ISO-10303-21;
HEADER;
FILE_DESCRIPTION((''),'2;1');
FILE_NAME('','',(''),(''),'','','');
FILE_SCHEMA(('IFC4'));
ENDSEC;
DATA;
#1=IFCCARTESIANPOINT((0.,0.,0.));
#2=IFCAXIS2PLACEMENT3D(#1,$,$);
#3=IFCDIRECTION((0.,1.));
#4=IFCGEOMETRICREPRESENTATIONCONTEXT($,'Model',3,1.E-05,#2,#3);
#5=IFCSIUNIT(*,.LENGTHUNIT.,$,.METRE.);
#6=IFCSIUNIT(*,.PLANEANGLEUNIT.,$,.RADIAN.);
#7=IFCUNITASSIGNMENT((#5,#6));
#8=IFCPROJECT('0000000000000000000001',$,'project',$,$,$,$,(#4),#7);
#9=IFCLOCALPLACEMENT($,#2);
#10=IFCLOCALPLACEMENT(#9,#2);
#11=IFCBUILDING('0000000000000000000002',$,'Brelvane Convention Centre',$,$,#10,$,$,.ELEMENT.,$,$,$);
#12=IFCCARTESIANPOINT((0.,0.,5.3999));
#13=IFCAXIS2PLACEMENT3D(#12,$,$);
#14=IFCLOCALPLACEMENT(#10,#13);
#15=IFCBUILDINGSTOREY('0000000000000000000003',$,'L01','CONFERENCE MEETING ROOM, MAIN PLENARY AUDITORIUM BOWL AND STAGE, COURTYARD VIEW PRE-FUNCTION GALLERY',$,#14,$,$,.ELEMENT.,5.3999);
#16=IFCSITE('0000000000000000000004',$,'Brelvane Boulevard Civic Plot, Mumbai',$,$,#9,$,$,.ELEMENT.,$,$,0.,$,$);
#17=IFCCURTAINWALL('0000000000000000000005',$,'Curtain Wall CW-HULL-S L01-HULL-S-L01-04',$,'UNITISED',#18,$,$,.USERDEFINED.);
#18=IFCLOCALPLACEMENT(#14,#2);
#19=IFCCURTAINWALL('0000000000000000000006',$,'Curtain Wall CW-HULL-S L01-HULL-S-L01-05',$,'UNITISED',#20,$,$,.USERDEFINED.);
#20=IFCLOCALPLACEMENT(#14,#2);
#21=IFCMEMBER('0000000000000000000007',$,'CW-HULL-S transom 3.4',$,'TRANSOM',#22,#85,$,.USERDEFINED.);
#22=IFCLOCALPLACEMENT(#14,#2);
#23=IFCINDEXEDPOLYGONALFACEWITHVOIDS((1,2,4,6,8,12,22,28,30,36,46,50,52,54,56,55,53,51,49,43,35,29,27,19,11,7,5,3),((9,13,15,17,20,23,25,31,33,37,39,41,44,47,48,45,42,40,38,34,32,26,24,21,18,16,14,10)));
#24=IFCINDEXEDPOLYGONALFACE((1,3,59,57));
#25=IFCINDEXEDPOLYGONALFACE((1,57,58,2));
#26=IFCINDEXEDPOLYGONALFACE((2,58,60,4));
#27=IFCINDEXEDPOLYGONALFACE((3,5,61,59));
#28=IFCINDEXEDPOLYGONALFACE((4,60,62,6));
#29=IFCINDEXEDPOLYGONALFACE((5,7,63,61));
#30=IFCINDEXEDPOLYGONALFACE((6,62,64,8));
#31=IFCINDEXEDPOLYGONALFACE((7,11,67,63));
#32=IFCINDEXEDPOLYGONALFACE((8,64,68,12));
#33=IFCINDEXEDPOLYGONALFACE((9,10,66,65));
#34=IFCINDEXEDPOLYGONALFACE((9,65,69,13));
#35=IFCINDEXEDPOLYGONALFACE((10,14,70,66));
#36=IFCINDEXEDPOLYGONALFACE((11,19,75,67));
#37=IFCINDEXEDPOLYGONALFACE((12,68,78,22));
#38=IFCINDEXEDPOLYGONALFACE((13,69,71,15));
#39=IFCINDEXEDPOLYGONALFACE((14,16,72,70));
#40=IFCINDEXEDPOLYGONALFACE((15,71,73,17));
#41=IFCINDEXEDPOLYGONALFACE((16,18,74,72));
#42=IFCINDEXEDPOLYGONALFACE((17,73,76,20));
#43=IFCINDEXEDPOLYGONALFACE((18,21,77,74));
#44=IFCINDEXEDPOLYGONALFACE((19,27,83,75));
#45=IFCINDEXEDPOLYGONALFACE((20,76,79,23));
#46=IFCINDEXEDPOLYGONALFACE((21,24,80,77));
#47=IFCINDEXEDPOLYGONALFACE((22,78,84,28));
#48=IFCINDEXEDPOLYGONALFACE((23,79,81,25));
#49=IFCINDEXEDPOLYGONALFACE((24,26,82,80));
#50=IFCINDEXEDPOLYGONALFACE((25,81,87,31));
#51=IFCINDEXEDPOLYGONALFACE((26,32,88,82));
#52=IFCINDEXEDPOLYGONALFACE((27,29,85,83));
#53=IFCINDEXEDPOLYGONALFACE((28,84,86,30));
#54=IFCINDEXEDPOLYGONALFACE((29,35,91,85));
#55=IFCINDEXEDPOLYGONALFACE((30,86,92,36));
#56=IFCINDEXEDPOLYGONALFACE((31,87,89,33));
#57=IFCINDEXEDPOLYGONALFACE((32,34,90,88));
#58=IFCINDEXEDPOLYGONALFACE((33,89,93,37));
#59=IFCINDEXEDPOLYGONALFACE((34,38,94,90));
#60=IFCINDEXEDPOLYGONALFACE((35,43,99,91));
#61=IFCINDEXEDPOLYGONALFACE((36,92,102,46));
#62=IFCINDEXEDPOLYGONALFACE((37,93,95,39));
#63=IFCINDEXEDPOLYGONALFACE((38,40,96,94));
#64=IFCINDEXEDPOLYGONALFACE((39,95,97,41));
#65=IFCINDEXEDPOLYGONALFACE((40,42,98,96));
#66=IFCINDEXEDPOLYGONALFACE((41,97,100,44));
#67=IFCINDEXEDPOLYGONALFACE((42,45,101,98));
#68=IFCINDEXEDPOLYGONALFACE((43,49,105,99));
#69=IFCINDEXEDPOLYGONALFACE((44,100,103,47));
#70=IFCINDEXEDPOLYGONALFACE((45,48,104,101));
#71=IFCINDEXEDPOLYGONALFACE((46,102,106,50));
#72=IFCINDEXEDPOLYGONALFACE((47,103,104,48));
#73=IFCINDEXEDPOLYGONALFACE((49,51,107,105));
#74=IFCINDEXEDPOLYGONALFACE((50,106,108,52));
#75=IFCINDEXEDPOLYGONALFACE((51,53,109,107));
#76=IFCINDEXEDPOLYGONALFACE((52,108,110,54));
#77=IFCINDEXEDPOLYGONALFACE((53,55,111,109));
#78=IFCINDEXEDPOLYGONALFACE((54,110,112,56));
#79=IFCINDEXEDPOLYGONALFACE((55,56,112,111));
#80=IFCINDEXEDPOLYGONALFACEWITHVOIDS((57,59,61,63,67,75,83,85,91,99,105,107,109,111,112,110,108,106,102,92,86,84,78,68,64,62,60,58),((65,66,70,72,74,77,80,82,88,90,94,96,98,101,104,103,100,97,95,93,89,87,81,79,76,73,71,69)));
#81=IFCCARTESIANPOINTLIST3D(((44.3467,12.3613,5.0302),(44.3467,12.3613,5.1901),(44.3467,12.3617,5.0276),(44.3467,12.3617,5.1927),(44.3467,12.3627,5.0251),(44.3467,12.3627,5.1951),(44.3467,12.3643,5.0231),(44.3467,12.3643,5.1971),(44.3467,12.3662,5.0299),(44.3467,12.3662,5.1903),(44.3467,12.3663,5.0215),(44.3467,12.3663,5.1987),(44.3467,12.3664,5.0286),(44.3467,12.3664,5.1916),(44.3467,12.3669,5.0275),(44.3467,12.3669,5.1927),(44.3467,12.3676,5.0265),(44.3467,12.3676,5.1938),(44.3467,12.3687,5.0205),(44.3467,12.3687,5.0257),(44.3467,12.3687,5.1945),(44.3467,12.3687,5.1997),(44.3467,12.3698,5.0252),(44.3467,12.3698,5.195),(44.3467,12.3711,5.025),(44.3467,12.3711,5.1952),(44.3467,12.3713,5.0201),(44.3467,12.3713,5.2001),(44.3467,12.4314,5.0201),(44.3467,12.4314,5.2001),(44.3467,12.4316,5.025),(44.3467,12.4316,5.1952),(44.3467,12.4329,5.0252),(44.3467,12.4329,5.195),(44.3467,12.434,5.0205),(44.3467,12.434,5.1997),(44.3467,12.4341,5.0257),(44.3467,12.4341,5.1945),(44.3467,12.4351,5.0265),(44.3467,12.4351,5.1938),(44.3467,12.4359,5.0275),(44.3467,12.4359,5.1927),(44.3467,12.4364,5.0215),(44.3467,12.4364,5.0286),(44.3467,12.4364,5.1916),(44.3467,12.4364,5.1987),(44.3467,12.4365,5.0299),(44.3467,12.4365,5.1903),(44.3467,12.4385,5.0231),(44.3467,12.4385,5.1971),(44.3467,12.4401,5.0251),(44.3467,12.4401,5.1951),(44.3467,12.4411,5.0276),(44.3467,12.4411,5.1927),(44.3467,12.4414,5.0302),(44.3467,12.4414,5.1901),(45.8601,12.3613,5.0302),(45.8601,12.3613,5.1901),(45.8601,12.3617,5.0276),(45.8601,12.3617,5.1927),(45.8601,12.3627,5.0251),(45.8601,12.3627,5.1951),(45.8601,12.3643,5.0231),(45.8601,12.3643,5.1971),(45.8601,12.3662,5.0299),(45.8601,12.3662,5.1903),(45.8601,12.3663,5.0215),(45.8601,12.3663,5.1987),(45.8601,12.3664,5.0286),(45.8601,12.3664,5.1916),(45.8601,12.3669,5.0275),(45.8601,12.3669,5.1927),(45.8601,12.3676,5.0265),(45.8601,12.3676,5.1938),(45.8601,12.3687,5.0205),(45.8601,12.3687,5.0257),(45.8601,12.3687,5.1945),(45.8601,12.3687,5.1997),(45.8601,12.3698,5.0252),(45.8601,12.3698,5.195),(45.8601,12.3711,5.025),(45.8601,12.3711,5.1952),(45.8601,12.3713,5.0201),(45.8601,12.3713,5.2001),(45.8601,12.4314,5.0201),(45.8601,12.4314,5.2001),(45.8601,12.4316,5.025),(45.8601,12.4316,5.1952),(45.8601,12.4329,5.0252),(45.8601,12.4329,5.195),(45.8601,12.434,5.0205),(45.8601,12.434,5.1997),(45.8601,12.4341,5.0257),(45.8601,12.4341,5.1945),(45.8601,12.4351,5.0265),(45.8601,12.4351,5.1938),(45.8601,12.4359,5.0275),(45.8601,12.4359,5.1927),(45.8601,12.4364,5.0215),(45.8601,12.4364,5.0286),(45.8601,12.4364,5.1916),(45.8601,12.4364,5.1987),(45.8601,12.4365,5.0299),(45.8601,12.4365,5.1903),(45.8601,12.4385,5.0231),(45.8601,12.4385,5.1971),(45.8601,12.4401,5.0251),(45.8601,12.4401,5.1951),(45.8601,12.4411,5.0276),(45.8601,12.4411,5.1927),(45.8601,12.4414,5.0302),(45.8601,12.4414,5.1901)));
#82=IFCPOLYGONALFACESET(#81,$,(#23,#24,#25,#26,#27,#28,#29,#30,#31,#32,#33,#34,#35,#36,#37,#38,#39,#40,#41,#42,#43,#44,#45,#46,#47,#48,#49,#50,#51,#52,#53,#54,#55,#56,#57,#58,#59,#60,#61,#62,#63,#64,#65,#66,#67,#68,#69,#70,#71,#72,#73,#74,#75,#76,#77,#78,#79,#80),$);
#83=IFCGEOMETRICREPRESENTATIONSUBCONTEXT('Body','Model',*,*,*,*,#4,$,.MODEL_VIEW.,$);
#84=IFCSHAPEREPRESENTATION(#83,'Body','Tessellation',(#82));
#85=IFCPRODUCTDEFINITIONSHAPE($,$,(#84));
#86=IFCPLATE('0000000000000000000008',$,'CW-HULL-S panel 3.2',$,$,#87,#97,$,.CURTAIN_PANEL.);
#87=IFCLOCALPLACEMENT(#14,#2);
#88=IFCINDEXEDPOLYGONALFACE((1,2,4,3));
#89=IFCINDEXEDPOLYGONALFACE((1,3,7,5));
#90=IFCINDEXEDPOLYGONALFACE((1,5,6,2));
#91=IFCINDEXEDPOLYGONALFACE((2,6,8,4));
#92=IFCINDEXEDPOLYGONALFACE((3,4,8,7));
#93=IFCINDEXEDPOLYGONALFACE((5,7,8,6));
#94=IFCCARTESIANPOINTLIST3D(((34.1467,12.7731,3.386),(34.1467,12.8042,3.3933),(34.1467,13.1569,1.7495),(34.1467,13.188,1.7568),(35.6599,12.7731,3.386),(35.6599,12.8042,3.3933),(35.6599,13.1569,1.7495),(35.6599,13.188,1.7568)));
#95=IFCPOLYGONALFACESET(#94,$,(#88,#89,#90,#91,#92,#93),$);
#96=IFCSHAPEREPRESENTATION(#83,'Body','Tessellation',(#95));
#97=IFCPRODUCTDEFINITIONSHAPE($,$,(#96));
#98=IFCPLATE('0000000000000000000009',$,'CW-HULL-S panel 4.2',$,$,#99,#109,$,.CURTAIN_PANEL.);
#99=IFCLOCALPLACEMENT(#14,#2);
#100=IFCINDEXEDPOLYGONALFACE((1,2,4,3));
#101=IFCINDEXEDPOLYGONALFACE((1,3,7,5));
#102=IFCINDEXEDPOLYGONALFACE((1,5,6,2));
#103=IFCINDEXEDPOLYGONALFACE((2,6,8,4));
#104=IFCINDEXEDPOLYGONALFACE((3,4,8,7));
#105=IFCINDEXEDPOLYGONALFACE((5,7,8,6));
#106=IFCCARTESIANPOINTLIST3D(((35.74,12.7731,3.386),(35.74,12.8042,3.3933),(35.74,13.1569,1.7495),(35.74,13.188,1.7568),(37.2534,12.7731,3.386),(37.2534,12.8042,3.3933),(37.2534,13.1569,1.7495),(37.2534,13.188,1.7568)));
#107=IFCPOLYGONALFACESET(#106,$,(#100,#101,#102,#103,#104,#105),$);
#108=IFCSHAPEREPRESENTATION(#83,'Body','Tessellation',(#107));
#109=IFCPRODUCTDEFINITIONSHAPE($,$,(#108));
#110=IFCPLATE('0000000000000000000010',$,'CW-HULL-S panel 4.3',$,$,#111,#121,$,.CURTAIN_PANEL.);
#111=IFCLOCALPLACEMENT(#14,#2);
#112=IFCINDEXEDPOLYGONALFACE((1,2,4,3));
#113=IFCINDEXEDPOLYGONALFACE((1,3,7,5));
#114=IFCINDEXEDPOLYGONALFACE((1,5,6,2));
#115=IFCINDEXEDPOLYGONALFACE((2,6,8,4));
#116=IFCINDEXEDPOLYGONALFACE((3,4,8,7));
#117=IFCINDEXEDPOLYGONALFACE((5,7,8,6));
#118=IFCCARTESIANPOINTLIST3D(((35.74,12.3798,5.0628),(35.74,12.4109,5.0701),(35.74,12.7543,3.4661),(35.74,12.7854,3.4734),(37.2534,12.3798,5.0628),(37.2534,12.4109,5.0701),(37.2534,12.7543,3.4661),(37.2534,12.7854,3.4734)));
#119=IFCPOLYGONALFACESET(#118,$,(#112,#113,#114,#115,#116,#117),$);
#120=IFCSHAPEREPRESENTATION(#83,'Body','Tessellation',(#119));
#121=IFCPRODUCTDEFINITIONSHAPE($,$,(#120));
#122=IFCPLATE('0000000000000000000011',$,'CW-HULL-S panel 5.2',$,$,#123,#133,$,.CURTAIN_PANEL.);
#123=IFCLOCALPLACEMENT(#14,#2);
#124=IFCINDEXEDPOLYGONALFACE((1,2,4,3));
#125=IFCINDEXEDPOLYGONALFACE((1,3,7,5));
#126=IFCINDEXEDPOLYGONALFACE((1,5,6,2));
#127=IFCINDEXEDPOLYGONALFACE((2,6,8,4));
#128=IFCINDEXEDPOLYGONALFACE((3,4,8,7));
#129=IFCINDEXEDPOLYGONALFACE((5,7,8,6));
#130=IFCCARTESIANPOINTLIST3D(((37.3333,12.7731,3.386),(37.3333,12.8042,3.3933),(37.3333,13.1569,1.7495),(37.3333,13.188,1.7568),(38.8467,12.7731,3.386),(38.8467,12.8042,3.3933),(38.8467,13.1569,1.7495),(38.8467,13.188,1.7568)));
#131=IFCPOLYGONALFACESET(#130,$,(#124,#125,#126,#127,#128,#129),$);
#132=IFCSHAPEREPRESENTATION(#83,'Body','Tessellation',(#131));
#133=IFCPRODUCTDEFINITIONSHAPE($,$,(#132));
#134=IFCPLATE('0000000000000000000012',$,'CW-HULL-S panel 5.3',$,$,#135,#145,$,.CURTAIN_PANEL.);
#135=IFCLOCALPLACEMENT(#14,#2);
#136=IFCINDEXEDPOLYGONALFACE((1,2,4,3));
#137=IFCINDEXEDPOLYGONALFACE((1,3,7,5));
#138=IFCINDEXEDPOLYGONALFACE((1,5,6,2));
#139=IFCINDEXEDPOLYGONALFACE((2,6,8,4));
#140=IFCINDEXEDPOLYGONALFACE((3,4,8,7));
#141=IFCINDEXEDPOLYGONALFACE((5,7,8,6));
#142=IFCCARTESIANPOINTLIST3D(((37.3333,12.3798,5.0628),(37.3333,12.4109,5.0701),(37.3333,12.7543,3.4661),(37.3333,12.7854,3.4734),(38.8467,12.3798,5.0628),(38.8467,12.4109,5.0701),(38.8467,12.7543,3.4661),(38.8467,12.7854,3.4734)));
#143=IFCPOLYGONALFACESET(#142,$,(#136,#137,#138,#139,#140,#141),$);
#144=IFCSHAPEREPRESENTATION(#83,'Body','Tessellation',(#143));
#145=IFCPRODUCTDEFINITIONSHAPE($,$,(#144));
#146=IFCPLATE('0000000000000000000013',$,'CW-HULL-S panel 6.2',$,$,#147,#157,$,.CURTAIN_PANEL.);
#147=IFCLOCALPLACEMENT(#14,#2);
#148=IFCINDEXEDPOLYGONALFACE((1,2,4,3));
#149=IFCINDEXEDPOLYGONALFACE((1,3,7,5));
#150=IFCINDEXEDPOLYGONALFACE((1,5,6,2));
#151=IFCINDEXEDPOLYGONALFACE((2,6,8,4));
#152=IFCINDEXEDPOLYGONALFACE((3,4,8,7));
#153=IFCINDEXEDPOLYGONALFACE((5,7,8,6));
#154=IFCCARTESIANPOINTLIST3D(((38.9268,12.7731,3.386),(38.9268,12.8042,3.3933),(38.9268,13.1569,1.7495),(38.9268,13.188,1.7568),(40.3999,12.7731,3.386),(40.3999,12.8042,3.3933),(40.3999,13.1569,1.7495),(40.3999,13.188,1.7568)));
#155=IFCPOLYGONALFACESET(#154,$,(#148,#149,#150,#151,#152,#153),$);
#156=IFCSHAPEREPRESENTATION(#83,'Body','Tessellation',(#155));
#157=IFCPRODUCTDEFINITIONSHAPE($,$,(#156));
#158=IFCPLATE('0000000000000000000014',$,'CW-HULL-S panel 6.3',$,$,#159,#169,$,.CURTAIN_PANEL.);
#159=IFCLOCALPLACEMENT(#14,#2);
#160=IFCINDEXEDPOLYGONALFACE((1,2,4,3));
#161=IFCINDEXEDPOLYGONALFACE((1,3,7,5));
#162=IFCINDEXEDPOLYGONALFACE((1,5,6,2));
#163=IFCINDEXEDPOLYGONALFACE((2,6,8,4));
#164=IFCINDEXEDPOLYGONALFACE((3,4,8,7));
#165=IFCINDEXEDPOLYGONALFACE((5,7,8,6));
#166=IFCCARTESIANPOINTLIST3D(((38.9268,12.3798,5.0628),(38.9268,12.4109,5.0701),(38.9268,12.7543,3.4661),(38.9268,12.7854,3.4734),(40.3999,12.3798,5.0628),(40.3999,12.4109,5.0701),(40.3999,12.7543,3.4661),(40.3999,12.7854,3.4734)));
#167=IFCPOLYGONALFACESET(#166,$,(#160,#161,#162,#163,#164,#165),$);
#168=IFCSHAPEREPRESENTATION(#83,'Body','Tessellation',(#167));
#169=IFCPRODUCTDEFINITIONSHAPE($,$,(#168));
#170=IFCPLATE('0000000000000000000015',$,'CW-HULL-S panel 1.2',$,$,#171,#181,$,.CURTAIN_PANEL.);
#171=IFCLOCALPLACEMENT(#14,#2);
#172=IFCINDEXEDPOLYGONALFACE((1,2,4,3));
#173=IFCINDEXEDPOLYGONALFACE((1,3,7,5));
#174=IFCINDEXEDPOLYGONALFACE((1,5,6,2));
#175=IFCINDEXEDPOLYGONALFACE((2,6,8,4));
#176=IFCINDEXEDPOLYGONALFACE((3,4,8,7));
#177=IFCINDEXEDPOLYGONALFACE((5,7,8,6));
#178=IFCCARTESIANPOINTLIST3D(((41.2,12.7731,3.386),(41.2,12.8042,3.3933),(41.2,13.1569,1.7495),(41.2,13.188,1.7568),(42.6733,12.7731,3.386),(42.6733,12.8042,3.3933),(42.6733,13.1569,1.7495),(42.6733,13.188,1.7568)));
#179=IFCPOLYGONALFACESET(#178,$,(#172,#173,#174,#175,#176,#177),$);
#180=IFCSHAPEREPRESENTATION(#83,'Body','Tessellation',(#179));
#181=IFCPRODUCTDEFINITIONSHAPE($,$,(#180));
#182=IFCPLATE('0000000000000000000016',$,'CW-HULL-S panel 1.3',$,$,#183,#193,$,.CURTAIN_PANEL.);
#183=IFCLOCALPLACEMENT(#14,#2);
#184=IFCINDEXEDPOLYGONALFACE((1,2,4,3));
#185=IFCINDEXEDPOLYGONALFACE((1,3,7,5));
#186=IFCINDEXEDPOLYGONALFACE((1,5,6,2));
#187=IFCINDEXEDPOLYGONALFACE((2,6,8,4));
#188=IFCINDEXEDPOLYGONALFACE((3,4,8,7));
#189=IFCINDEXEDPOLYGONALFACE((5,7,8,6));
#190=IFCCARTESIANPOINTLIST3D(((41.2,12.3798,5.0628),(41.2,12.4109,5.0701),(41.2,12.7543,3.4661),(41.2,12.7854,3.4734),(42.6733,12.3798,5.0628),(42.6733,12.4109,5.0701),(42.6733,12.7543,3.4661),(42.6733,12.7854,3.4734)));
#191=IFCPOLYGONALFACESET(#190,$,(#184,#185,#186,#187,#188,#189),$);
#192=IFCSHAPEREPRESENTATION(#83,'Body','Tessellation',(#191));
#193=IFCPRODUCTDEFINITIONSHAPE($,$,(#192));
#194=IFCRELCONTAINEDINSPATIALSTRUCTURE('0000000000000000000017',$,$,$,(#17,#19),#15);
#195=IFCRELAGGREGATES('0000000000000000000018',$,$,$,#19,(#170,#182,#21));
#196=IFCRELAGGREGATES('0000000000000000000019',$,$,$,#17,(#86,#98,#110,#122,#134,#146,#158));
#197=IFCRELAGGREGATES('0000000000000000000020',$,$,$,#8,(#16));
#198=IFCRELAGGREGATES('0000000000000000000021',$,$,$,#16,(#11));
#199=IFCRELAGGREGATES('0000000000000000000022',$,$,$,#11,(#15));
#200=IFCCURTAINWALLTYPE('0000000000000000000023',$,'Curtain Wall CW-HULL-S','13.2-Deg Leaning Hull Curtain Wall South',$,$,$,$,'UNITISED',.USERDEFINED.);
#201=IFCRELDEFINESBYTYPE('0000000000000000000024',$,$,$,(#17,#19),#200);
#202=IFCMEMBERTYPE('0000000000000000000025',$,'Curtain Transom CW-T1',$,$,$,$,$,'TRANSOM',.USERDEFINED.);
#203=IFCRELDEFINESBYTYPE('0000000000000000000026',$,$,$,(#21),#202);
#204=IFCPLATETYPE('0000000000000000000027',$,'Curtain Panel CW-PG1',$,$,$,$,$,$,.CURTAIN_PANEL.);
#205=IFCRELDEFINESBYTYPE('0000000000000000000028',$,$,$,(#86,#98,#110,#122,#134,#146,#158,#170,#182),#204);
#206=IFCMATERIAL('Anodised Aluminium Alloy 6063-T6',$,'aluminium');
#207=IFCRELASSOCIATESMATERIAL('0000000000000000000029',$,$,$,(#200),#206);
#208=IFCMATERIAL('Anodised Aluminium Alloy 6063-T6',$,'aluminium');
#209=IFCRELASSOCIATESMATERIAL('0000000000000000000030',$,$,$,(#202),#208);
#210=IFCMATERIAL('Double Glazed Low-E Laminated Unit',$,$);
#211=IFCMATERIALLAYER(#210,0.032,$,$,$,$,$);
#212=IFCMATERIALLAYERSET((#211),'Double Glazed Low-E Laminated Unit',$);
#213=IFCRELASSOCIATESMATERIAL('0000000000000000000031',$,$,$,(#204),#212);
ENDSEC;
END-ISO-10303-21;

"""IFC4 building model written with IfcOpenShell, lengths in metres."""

from ifc_helpers import new_model, si_unit, direction, frame, origin, origin_2d, place, context, subcontext, project, spatial, polyline, hollow_rectangle, outline, extrude, material, layer, layer_set, material_profile, profile_set, type_object, element, aggregate, save


model = new_model("IFC4")

# Units and contexts
model_context = context("Model", 3, precision=1e-05, world=origin(), true_north=direction((0.0, 1.0)))
body_context = subcontext(model_context, "Body", "Model", "MODEL_VIEW")
ifc_project = project(units=[si_unit("LENGTHUNIT", "METRE"), si_unit("PLANEANGLEUNIT", "RADIAN")], contexts=[model_context])

# Site, building, storey
site_placement = place(None, origin())
site = spatial("IfcSite", under=ifc_project, at=site_placement, Name="Brelvane Boulevard Civic Plot, Mumbai", CompositionType="ELEMENT", RefElevation=0.0)
building_placement = place(site_placement, origin())
building = spatial("IfcBuilding", under=site, at=building_placement, Name="Brelvane Convention Centre", CompositionType="ELEMENT")
storey_placement = place(building_placement, frame((0.0, 0.0, 5.3999)))
storey = spatial("IfcBuildingStorey", under=building, at=storey_placement, Name="L01", Description="CONFERENCE MEETING ROOM, MAIN PLENARY AUDITORIUM BOWL AND STAGE, COURTYARD VIEW PRE-FUNCTION GALLERY", CompositionType="ELEMENT", Elevation=5.3999)

# Curtain walls, member
ifc_material_1 = material(Name="Anodised Aluminium Alloy 6063-T6", Category="aluminium")
curtain_wall_type = type_object("IfcCurtainWallType", Name="Curtain Wall CW-HULL-S", Description="13.2-Deg Leaning Hull Curtain Wall South", ElementType="UNITISED", PredefinedType="USERDEFINED", material=ifc_material_1)
curtain_wall_1_placement = place(storey_placement, origin())
curtain_wall_1 = element("IfcCurtainWall", 1, at=curtain_wall_1_placement, inside=storey, type_object=curtain_wall_type, Name="Curtain Wall CW-HULL-S L01-HULL-S-L01-04", ObjectType="UNITISED", PredefinedType="USERDEFINED")
ifc_material_2 = material(Name="Anodised Aluminium Alloy 6063-T6", Category="aluminium")
ifc_material_profile = material_profile(ifc_material_2, hollow_rectangle(XDim=0.0801, YDim=0.1799, WallThickness=0.0049, InnerFilletRadius=0.0049, OuterFilletRadius=0.01, at=origin_2d()), Name="ALU-T 180x80x5.0")
ifc_profile_set = profile_set([ifc_material_profile], Name="Anodised Aluminium Alloy 6063-T6")
member_type = type_object("IfcMemberType", Name="Curtain Transom CW-T1", ElementType="TRANSOM", PredefinedType="USERDEFINED", material=ifc_profile_set)
curtain_wall_2_placement = place(storey_placement, origin())
curtain_wall_2 = element("IfcCurtainWall", 2, at=curtain_wall_2_placement, inside=storey, type_object=curtain_wall_type, Name="Curtain Wall CW-HULL-S L01-HULL-S-L01-05", ObjectType="UNITISED", PredefinedType="USERDEFINED")
member_1_placement = place(storey_placement, frame((44.3467, 12.4014, 5.1101), z_axis=(1.0, 0.0, 0.0), x_axis=(0.0, 1.0, 0.0)))
member_1 = element("IfcMember", 3, at=member_1_placement, type_object=member_type, Name="CW-HULL-S transom 3.4", ObjectType="TRANSOM", PredefinedType="USERDEFINED", context=body_context, shape_type="SweptSolid", body=[
    extrude(hollow_rectangle(XDim=0.0801, YDim=0.1799, WallThickness=0.0049, InnerFilletRadius=0.0049, OuterFilletRadius=0.01, at=origin_2d()), origin(), (0.0, 0.0, 1.0), 1.5134),
])

# Plates
ifc_material_3 = material(Name="Double Glazed Low-E Laminated Unit")
ifc_layer_1 = layer(ifc_material_3, 0.032)
ifc_layer_set_1 = layer_set([ifc_layer_1], Name="Double Glazed Low-E Laminated Unit")
plate_type_1 = type_object("IfcPlateType", Name="Curtain Panel CW-PG1", PredefinedType="CURTAIN_PANEL", material=ifc_layer_set_1)
plate_1_placement = place(storey_placement, frame((34.1467, 13.188, 1.7568), z_axis=(0.0, 0.973585, 0.228327), x_axis=(1.0, 0.0, 0.0)))
plate_1 = element("IfcPlate", 4, at=plate_1_placement, type_object=plate_type_1, Name="CW-HULL-S panel 3.2", PredefinedType="CURTAIN_PANEL", context=body_context, shape_type="SweptSolid", body=[
    extrude(outline(polyline([(0.0, 0.0), (1.5132, 0.0), (1.5132, -1.6809), (0.0, -1.6809), (0.0, 0.0)])), origin(), (0.0, 0.0, -1.0), 0.032),
])
plate_2_placement = place(storey_placement, frame((35.74, 13.188, 1.7568), z_axis=(0.0, 0.973585, 0.228327), x_axis=(1.0, 0.0, 0.0)))
plate_2 = element("IfcPlate", 5, at=plate_2_placement, type_object=plate_type_1, Name="CW-HULL-S panel 4.2", PredefinedType="CURTAIN_PANEL", context=body_context, shape_type="SweptSolid", body=[
    extrude(outline(polyline([(0.0, 0.0), (1.5134, 0.0), (1.5134, -1.6809), (0.0, -1.6809), (0.0, 0.0)])), origin(), (0.0, 0.0, -1.0), 0.032),
])
plate_3_placement = place(storey_placement, frame((35.74, 12.7854, 3.4734), z_axis=(0.0, 0.973577, 0.228359), x_axis=(1.0, 0.0, 0.0)))
plate_3 = element("IfcPlate", 6, at=plate_3_placement, type_object=plate_type_1, Name="CW-HULL-S panel 4.3", PredefinedType="CURTAIN_PANEL", context=body_context, shape_type="SweptSolid", body=[
    extrude(outline(polyline([(0.0, 0.0), (1.5134, 0.0), (1.5134, -1.64), (0.0, -1.64), (0.0, 0.0)])), origin(), (0.0, 0.0, -1.0), 0.032),
])
plate_4_placement = place(storey_placement, frame((37.3333, 13.188, 1.7568), z_axis=(0.0, 0.973585, 0.228327), x_axis=(1.0, 0.0, 0.0)))
plate_4 = element("IfcPlate", 7, at=plate_4_placement, type_object=plate_type_1, Name="CW-HULL-S panel 5.2", PredefinedType="CURTAIN_PANEL", context=body_context, shape_type="SweptSolid", body=[
    extrude(outline(polyline([(0.0, 0.0), (1.5134, 0.0), (1.5134, -1.6809), (0.0, -1.6809), (0.0, 0.0)])), origin(), (0.0, 0.0, -1.0), 0.032),
])
plate_5_placement = place(storey_placement, frame((37.3333, 12.7854, 3.4734), z_axis=(0.0, 0.973577, 0.228359), x_axis=(1.0, 0.0, 0.0)))
plate_5 = element("IfcPlate", 8, at=plate_5_placement, type_object=plate_type_1, Name="CW-HULL-S panel 5.3", PredefinedType="CURTAIN_PANEL", context=body_context, shape_type="SweptSolid", body=[
    extrude(outline(polyline([(0.0, 0.0), (1.5134, 0.0), (1.5134, -1.64), (0.0, -1.64), (0.0, 0.0)])), origin(), (0.0, 0.0, -1.0), 0.032),
])
plate_6_placement = place(storey_placement, frame((38.9268, 13.188, 1.7568), z_axis=(0.0, 0.973585, 0.228327), x_axis=(1.0, 0.0, 0.0)))
plate_6 = element("IfcPlate", 9, at=plate_6_placement, type_object=plate_type_1, Name="CW-HULL-S panel 6.2", PredefinedType="CURTAIN_PANEL", context=body_context, shape_type="SweptSolid", body=[
    extrude(outline(polyline([(0.0, 0.0), (1.4731, 0.0), (1.4731, -1.6809), (0.0, -1.6809), (0.0, 0.0)])), origin(), (0.0, 0.0, -1.0), 0.032),
])
plate_7_placement = place(storey_placement, frame((38.9268, 12.7854, 3.4734), z_axis=(0.0, 0.973577, 0.228359), x_axis=(1.0, 0.0, 0.0)))
plate_7 = element("IfcPlate", 10, at=plate_7_placement, type_object=plate_type_1, Name="CW-HULL-S panel 6.3", PredefinedType="CURTAIN_PANEL", context=body_context, shape_type="SweptSolid", body=[
    extrude(outline(polyline([(0.0, 0.0), (1.4731, 0.0), (1.4731, -1.64), (0.0, -1.64), (0.0, 0.0)])), origin(), (0.0, 0.0, -1.0), 0.032),
])
plate_8_placement = place(storey_placement, frame((41.2, 13.188, 1.7568), z_axis=(0.0, 0.973585, 0.228327), x_axis=(1.0, 0.0, 0.0)))
plate_8 = element("IfcPlate", 11, at=plate_8_placement, type_object=plate_type_1, Name="CW-HULL-S panel 1.2", PredefinedType="CURTAIN_PANEL", context=body_context, shape_type="SweptSolid", body=[
    extrude(outline(polyline([(0.0, 0.0), (1.4734, 0.0), (1.4734, -1.6809), (0.0, -1.6809), (0.0, 0.0)])), origin(), (0.0, 0.0, -1.0), 0.032),
])
plate_9_placement = place(storey_placement, frame((41.2, 12.7854, 3.4734), z_axis=(0.0, 0.973577, 0.228359), x_axis=(1.0, 0.0, 0.0)))
plate_9 = element("IfcPlate", 12, at=plate_9_placement, type_object=plate_type_1, Name="CW-HULL-S panel 1.3", PredefinedType="CURTAIN_PANEL", context=body_context, shape_type="SweptSolid", body=[
    extrude(outline(polyline([(0.0, 0.0), (1.4734, 0.0), (1.4734, -1.64), (0.0, -1.64), (0.0, 0.0)])), origin(), (0.0, 0.0, -1.0), 0.032),
])
aggregate(curtain_wall_2, [plate_8, plate_9, member_1])
aggregate(curtain_wall_1, [plate_1, plate_2, plate_3, plate_4, plate_5, plate_6, plate_7])

save(model, "model.ifc")
